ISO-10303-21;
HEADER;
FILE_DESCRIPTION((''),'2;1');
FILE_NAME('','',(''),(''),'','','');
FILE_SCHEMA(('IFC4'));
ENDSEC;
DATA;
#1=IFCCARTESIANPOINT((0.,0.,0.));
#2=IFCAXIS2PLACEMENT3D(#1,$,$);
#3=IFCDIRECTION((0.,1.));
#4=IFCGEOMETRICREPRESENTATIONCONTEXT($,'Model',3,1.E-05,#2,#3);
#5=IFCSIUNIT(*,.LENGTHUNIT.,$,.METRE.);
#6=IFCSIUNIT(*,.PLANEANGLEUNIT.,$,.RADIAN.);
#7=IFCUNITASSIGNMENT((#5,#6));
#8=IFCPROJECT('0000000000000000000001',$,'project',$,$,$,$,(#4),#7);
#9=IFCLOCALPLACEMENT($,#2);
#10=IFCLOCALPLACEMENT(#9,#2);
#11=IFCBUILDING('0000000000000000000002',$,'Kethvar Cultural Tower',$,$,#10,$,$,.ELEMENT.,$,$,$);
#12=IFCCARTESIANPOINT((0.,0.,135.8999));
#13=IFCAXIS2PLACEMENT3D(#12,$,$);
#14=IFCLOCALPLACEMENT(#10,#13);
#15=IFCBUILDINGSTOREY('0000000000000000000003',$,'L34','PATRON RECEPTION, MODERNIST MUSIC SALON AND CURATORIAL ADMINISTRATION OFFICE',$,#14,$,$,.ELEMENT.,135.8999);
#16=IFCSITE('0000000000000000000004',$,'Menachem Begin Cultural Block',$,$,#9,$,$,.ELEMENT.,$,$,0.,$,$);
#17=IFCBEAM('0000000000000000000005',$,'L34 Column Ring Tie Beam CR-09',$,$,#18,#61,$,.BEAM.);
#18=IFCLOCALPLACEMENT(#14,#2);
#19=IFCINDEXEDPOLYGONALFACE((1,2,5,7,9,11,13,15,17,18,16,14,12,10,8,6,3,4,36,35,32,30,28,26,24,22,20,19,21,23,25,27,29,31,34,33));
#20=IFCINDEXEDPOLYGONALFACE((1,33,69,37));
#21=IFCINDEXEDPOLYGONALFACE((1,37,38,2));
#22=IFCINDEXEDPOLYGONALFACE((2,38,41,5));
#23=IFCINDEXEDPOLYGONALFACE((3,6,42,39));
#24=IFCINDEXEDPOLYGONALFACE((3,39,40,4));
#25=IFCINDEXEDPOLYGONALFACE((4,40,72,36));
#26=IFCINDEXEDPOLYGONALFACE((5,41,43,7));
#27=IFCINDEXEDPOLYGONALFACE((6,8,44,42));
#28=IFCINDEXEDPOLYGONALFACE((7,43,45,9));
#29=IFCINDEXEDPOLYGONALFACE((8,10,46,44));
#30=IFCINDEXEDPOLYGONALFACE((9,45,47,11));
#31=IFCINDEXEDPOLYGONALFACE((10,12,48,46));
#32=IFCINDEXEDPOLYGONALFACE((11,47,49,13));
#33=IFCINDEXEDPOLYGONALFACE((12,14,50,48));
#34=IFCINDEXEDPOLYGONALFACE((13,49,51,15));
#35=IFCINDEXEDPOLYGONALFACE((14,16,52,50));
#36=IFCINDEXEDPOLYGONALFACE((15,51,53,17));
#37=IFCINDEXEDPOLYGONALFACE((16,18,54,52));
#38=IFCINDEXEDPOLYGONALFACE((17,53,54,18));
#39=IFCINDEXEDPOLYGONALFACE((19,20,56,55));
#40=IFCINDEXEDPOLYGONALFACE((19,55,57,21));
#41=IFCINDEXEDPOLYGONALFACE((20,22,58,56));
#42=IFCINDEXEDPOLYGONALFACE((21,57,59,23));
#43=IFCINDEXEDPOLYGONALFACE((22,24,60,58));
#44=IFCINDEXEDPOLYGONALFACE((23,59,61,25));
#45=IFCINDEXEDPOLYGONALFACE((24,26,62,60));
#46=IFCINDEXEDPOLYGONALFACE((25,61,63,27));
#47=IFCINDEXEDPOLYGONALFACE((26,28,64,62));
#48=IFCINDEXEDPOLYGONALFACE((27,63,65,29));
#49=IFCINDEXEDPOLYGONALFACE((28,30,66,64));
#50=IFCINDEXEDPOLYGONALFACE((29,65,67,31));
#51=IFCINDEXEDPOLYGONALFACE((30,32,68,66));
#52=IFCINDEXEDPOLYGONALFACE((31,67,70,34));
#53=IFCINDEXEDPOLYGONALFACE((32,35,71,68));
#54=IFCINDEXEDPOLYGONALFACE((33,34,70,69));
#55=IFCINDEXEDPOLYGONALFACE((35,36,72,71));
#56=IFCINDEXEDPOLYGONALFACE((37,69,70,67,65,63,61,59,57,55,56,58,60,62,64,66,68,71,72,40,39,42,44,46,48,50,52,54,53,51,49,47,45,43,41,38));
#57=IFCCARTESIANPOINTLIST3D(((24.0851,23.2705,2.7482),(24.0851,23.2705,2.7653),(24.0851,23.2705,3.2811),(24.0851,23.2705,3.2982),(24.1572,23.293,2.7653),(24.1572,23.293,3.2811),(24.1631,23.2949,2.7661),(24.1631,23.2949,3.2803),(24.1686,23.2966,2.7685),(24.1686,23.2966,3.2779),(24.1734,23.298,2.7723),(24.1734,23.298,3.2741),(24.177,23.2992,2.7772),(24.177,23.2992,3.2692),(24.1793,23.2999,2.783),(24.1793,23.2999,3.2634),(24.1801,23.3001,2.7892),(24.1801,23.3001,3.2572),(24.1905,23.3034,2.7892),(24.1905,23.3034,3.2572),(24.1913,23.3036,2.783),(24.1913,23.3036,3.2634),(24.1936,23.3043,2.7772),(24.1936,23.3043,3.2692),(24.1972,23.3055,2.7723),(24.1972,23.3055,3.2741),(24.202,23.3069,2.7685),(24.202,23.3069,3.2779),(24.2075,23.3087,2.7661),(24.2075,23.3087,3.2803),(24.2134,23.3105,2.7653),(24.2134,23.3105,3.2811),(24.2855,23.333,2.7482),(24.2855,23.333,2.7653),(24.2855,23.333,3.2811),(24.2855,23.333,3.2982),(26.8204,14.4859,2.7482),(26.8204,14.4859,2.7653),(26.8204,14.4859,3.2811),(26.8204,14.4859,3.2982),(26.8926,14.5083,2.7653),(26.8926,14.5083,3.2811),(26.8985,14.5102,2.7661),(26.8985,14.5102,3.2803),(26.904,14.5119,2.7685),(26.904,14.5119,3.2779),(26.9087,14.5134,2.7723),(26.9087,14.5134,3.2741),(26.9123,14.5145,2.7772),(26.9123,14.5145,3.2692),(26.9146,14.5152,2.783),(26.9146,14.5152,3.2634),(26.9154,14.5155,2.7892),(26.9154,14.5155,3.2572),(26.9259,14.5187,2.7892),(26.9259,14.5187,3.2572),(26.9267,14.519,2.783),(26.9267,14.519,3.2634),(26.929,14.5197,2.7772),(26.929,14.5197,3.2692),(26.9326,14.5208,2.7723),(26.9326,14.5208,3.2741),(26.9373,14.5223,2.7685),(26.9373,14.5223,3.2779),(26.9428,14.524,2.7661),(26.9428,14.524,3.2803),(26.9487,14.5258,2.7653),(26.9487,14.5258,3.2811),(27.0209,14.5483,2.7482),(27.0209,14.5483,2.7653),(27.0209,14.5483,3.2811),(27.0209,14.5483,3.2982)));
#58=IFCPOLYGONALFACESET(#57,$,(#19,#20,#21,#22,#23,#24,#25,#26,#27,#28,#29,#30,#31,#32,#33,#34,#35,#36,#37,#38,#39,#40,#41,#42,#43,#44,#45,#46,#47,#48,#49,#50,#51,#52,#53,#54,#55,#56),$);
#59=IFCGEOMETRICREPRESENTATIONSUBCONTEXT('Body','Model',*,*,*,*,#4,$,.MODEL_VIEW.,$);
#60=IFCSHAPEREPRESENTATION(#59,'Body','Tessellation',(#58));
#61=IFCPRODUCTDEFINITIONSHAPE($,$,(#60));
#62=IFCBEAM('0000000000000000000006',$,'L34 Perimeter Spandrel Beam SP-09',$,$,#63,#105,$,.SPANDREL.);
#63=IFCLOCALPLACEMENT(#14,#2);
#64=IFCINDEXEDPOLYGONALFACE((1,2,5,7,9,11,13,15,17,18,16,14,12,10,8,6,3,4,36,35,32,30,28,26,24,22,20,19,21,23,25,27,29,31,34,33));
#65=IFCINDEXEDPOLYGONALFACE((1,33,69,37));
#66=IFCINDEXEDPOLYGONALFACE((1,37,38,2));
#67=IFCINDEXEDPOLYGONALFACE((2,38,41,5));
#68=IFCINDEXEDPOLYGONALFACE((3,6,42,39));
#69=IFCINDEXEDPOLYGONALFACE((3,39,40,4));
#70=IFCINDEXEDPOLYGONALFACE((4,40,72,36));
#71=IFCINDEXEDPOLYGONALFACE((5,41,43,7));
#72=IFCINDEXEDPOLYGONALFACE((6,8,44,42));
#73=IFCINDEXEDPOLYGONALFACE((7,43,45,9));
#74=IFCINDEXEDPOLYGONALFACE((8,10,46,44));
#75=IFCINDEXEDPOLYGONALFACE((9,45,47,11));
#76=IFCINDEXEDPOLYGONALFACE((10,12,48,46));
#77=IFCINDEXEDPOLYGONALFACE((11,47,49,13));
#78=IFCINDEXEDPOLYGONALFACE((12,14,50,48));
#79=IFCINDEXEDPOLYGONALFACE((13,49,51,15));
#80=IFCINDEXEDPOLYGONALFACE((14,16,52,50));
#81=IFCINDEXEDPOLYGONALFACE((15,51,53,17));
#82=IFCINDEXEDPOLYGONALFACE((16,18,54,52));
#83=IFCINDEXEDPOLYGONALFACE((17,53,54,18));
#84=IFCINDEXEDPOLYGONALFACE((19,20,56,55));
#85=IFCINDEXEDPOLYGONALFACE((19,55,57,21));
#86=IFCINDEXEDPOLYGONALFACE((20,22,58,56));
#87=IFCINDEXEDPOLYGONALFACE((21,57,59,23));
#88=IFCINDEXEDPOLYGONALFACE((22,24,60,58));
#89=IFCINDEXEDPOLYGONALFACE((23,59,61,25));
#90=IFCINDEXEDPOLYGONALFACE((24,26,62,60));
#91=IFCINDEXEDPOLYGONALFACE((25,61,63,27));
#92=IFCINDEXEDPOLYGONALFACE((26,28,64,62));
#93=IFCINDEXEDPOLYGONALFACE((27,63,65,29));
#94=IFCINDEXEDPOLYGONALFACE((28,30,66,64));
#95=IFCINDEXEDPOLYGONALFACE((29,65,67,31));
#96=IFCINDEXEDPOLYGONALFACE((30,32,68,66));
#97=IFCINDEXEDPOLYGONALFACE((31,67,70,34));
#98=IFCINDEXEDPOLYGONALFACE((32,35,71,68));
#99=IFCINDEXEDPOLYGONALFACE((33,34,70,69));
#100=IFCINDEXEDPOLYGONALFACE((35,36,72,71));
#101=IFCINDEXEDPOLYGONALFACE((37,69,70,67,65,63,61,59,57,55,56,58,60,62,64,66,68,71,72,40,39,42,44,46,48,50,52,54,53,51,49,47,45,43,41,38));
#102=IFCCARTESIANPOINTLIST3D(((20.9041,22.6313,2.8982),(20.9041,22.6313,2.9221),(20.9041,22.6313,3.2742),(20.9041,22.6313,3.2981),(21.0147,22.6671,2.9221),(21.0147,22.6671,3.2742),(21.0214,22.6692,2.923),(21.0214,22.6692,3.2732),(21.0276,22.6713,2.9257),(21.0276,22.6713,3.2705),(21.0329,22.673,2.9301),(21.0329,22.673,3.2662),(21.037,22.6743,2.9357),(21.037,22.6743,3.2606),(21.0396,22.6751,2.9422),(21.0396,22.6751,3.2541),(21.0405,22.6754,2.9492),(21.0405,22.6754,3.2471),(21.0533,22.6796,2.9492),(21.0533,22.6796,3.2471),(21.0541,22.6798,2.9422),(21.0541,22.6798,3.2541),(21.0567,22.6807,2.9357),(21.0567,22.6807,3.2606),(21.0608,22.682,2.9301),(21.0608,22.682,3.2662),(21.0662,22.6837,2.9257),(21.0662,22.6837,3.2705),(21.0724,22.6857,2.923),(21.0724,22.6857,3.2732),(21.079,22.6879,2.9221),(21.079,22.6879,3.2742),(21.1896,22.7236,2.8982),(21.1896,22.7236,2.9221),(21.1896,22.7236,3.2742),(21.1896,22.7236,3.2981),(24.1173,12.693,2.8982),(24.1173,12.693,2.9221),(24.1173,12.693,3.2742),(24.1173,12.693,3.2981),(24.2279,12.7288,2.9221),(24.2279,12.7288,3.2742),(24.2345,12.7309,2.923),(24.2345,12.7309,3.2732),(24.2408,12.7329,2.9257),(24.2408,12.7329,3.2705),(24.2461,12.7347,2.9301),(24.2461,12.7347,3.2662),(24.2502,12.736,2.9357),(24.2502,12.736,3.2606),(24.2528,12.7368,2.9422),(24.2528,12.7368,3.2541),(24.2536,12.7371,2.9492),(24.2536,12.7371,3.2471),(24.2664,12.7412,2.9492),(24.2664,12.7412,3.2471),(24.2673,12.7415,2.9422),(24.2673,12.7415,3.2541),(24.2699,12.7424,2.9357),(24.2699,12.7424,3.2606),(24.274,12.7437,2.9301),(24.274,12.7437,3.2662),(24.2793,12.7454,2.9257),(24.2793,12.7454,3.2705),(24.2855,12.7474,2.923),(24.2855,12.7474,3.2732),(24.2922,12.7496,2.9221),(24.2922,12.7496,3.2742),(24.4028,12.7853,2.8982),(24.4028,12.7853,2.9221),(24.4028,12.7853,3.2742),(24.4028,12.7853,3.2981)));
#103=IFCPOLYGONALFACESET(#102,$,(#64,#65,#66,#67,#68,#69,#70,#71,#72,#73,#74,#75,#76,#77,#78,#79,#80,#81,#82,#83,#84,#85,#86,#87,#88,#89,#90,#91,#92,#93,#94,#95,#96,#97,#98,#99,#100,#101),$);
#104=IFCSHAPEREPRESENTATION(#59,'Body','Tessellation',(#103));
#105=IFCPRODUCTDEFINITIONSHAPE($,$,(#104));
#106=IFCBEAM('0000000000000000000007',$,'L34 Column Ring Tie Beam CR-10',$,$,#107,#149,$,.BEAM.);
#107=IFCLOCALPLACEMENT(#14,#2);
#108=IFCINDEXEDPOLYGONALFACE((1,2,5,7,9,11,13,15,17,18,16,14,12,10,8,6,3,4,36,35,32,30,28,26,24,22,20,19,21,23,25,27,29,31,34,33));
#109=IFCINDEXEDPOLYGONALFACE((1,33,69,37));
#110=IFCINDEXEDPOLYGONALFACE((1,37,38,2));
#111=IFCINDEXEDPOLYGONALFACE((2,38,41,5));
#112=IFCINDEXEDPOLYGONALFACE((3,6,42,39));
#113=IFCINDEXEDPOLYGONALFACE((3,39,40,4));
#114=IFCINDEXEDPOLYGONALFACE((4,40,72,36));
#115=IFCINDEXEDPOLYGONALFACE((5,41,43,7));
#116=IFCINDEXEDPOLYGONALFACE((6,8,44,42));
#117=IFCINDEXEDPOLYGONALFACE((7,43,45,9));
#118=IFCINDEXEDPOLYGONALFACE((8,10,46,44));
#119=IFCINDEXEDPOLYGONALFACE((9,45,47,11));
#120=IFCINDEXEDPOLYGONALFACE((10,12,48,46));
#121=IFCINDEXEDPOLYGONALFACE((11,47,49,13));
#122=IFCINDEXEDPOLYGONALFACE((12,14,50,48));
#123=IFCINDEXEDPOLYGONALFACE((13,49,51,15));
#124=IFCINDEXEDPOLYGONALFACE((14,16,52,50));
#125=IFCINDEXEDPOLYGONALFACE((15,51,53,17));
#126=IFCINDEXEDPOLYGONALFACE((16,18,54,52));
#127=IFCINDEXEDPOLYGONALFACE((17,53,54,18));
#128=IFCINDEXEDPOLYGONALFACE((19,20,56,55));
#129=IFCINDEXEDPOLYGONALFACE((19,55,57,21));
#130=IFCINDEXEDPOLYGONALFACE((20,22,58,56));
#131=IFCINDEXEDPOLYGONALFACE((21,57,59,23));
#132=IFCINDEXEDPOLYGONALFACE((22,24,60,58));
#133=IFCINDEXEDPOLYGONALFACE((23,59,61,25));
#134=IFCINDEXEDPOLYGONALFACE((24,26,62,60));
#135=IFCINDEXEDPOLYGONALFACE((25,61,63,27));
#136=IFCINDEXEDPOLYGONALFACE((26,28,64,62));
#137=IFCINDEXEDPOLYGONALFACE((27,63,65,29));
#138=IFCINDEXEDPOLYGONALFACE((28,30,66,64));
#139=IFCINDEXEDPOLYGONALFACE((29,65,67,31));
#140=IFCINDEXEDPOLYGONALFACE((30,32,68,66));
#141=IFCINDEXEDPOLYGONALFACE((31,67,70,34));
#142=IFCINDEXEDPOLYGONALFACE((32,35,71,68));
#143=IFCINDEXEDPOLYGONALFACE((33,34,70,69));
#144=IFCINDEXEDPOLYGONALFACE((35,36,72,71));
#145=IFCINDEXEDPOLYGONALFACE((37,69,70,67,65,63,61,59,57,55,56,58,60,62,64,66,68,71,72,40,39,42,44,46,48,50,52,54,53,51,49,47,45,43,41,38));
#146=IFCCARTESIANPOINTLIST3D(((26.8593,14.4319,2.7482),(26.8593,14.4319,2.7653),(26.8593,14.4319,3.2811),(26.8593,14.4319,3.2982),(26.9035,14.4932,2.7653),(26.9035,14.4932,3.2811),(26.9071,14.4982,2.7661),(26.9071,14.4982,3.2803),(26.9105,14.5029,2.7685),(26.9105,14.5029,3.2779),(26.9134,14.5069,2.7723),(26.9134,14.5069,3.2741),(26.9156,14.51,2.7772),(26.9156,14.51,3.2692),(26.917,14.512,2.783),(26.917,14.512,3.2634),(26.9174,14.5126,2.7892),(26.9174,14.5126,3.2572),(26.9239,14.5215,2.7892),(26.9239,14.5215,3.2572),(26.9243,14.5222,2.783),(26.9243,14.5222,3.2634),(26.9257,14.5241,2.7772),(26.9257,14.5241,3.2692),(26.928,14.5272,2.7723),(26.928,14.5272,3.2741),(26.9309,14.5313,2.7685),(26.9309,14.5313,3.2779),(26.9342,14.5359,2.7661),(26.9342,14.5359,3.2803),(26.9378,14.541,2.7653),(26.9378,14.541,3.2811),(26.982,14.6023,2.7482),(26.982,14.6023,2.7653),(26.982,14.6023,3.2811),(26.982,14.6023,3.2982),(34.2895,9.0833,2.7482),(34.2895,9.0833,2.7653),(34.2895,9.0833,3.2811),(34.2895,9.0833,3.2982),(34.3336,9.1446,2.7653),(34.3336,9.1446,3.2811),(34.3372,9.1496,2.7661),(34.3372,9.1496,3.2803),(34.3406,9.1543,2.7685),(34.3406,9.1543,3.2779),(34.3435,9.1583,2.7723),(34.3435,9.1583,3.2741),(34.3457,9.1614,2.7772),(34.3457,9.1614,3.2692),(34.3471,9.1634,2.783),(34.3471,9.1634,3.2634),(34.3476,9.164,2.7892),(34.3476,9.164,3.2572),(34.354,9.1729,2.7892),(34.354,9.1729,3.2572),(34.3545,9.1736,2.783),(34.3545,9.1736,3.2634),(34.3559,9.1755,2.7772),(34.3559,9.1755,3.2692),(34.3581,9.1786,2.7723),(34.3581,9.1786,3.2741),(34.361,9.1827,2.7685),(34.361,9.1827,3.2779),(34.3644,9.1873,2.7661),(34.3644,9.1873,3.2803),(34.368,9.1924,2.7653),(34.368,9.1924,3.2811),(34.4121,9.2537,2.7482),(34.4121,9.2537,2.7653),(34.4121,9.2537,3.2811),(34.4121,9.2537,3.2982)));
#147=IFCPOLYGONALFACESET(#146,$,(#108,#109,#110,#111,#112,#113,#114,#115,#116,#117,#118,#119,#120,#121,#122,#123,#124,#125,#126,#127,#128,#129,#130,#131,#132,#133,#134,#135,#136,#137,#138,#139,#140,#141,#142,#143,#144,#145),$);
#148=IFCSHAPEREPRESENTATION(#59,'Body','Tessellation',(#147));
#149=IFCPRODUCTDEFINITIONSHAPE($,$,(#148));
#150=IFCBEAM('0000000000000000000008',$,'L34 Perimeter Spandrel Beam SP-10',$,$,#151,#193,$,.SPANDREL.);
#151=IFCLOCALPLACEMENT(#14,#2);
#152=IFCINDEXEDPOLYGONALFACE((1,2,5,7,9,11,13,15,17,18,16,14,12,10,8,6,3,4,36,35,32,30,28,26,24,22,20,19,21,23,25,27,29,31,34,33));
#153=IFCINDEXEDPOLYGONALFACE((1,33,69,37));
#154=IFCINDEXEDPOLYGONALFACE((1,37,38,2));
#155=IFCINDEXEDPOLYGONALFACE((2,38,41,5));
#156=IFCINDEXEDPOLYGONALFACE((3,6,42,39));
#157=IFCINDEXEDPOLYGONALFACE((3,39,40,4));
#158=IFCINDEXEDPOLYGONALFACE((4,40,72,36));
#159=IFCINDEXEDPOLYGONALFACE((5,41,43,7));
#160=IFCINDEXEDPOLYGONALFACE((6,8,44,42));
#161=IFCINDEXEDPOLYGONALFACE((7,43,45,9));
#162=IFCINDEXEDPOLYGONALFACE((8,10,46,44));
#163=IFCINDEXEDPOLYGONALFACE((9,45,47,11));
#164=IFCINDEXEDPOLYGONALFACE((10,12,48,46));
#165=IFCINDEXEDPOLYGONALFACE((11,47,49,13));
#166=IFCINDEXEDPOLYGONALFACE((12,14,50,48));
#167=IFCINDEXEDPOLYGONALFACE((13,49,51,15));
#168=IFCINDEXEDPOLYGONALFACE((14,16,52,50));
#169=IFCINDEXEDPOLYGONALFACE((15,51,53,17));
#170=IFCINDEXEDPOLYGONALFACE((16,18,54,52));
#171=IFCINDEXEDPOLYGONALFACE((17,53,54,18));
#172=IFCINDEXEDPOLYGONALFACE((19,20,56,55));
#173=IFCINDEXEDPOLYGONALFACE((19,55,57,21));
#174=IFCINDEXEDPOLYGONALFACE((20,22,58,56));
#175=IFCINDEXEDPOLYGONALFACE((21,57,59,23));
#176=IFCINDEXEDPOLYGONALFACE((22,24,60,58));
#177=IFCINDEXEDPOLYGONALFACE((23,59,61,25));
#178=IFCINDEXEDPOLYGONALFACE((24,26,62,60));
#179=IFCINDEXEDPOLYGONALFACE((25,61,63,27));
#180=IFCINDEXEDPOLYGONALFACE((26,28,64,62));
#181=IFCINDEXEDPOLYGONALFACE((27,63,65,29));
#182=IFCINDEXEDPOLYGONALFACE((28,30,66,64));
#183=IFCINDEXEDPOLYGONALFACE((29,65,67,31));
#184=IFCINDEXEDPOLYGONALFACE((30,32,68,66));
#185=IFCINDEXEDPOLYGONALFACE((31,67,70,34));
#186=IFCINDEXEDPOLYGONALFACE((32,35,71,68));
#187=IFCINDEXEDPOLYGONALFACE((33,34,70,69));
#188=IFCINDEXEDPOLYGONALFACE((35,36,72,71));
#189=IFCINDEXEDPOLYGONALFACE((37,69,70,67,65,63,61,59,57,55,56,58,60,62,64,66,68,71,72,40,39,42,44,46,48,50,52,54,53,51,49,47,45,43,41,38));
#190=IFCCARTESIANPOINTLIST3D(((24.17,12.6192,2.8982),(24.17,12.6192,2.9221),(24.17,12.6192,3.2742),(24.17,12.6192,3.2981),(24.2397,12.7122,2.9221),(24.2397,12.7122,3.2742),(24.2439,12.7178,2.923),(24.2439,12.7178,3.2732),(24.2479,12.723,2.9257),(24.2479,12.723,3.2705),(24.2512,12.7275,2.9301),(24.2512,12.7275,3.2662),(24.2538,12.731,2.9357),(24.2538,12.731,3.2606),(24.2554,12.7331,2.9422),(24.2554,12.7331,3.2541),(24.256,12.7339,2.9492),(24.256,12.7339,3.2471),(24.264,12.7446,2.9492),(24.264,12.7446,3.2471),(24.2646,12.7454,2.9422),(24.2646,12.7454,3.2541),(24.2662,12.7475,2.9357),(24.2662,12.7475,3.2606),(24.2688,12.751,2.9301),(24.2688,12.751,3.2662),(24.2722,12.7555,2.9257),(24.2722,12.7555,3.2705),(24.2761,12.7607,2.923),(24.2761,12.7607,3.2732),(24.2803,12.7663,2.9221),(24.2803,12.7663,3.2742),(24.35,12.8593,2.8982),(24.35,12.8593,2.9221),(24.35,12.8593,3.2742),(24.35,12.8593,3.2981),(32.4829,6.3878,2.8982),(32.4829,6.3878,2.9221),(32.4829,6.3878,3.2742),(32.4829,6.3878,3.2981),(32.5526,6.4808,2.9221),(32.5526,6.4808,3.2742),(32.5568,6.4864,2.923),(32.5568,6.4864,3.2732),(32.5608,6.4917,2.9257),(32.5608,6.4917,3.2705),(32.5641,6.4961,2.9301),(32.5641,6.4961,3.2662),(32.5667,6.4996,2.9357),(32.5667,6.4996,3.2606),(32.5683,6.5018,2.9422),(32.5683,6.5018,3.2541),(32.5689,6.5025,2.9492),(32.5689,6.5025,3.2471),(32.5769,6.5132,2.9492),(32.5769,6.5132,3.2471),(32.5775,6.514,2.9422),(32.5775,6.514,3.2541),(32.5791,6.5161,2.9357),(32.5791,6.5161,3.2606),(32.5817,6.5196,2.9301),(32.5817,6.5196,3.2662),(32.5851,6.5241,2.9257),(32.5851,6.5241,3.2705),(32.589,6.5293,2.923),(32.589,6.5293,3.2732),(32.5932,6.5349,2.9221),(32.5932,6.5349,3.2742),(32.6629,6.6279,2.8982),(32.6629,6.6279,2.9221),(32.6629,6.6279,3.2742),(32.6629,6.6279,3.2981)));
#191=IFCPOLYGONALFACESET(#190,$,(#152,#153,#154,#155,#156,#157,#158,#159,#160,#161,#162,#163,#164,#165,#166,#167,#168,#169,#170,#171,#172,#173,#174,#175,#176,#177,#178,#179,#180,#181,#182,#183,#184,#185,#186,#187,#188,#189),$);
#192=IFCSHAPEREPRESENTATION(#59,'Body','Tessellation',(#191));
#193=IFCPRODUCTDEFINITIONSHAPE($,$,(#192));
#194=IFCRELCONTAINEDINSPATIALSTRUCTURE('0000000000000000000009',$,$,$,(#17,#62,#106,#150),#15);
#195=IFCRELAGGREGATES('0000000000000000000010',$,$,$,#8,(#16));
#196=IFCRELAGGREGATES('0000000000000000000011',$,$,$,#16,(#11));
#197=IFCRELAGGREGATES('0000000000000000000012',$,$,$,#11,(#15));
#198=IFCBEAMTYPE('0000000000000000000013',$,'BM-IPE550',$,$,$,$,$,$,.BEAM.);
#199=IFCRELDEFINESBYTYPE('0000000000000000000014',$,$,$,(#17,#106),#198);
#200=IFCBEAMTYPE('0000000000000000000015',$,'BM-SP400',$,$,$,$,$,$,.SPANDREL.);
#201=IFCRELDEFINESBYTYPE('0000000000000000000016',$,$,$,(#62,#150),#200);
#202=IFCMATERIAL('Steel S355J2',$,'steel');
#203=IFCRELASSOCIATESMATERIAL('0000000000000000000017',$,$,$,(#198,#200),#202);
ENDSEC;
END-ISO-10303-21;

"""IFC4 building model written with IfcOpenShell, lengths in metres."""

from ifc_helpers import new_model, si_unit, direction, frame, origin, origin_2d, place, context, subcontext, project, spatial, i_section, extrude, source, transform, mapped, material, material_profile, profile_set, type_object, element, save


model = new_model("IFC4")

# Units and contexts
model_context = context("Model", 3, precision=1e-05, world=origin(), true_north=direction((0.0, 1.0)))
body_context = subcontext(model_context, "Body", "Model", "MODEL_VIEW")
ifc_project = project(units=[si_unit("LENGTHUNIT", "METRE"), si_unit("PLANEANGLEUNIT", "RADIAN")], contexts=[model_context])

# Site, building, storey
site_placement = place(None, origin())
site = spatial("IfcSite", under=ifc_project, at=site_placement, Name="Menachem Begin Cultural Block", CompositionType="ELEMENT", RefElevation=0.0)
building_placement = place(site_placement, origin())
building = spatial("IfcBuilding", under=site, at=building_placement, Name="Kethvar Cultural Tower", CompositionType="ELEMENT")
storey_placement = place(building_placement, frame((0.0, 0.0, 135.8999)))
storey = spatial("IfcBuildingStorey", under=building, at=storey_placement, Name="L34", Description="PATRON RECEPTION, MODERNIST MUSIC SALON AND CURATORIAL ADMINISTRATION OFFICE", CompositionType="ELEMENT", Elevation=135.8999)

# Beams
ifc_material_1 = material(Name="Steel S355J2", Category="steel")
ifc_material_profile_1 = material_profile(ifc_material_1, i_section(OverallWidth=0.21, OverallDepth=0.55, WebThickness=0.011, FlangeThickness=0.0171, FilletRadius=0.0239, at=origin_2d()), Name="Steel S355J2 — IPE550")
ifc_profile_set_1 = profile_set([ifc_material_profile_1], Name="Steel S355J2 — IPE550")
beam_type_1 = type_object("IfcBeamType", Name="BM-IPE550", PredefinedType="BEAM", material=ifc_profile_set_1)
shared_shape_1 = source(origin(), body_context, "Body", "SweptSolid", [
    extrude(i_section(OverallWidth=0.21, OverallDepth=0.55, WebThickness=0.011, FlangeThickness=0.0171, FilletRadius=0.0239, at=origin_2d()), origin(), (0.0, 0.0, 1.0), 9.2007),
])
beam_1_placement = place(storey_placement, frame((24.1853, 23.3018, 3.0232), z_axis=(0.297299, -0.954784, 0.0), x_axis=(0.954784, 0.297299, 0.0)))
element("IfcBeam", 1, at=beam_1_placement, inside=storey, type_object=beam_type_1, Name="L34 Column Ring Tie Beam CR-09", PredefinedType="BEAM", context=body_context, shape_type="MappedRepresentation", body=[
    mapped(shared_shape_1, transform((0.0, 0.0, 0.0), scale=1.0)),
])
ifc_material_profile_2 = material_profile(ifc_material_1, i_section(OverallWidth=0.3, OverallDepth=0.3999, WebThickness=0.0134, FlangeThickness=0.0239, FilletRadius=0.0271, at=origin_2d()), Name="Steel S355J2 — HEB400")
ifc_profile_set_2 = profile_set([ifc_material_profile_2], Name="Steel S355J2 — HEB400")
beam_type_2 = type_object("IfcBeamType", Name="BM-SP400", PredefinedType="SPANDREL", material=ifc_profile_set_2)
shared_shape_2 = source(origin(), body_context, "Body", "SweptSolid", [
    extrude(i_section(OverallWidth=0.3, OverallDepth=0.3999, WebThickness=0.0134, FlangeThickness=0.0239, FilletRadius=0.0271, at=origin_2d()), origin(), (0.0, 0.0, 1.0), 10.4448),
])
beam_2_placement = place(storey_placement, frame((21.0469, 22.6775, 3.0981), z_axis=(0.307632, -0.951506, 0.0), x_axis=(0.951506, 0.307632, 0.0)))
element("IfcBeam", 2, at=beam_2_placement, inside=storey, type_object=beam_type_2, Name="L34 Perimeter Spandrel Beam SP-09", PredefinedType="SPANDREL", context=body_context, shape_type="MappedRepresentation", body=[
    mapped(shared_shape_2, transform((0.0, 0.0, 0.0), scale=1.0)),
])
shared_shape_3 = source(origin(), body_context, "Body", "SweptSolid", [
    extrude(i_section(OverallWidth=0.21, OverallDepth=0.55, WebThickness=0.011, FlangeThickness=0.0171, FilletRadius=0.0239, at=origin_2d()), origin(), (0.0, 0.0, 1.0), 9.155),
])
beam_3_placement = place(storey_placement, frame((26.9207, 14.5171, 3.0232), z_axis=(0.811591, -0.584226, 0.0), x_axis=(0.584226, 0.811591, 0.0)))
element("IfcBeam", 3, at=beam_3_placement, inside=storey, type_object=beam_type_1, Name="L34 Column Ring Tie Beam CR-10", PredefinedType="BEAM", context=body_context, shape_type="MappedRepresentation", body=[
    mapped(shared_shape_3, transform((0.0, 0.0, 0.0), scale=1.0)),
])
shared_shape_4 = source(origin(), body_context, "Body", "SweptSolid", [
    extrude(i_section(OverallWidth=0.3, OverallDepth=0.3999, WebThickness=0.0134, FlangeThickness=0.0239, FilletRadius=0.0271, at=origin_2d()), origin(), (0.0, 0.0, 1.0), 10.3892),
])
beam_4_placement = place(storey_placement, frame((24.26, 12.7393, 3.0981), z_axis=(0.800152, -0.599797, 0.0), x_axis=(0.599797, 0.800152, 0.0)))
element("IfcBeam", 4, at=beam_4_placement, inside=storey, type_object=beam_type_2, Name="L34 Perimeter Spandrel Beam SP-10", PredefinedType="SPANDREL", context=body_context, shape_type="MappedRepresentation", body=[
    mapped(shared_shape_4, transform((0.0, 0.0, 0.0), scale=1.0)),
])

save(model, "model.ifc")
